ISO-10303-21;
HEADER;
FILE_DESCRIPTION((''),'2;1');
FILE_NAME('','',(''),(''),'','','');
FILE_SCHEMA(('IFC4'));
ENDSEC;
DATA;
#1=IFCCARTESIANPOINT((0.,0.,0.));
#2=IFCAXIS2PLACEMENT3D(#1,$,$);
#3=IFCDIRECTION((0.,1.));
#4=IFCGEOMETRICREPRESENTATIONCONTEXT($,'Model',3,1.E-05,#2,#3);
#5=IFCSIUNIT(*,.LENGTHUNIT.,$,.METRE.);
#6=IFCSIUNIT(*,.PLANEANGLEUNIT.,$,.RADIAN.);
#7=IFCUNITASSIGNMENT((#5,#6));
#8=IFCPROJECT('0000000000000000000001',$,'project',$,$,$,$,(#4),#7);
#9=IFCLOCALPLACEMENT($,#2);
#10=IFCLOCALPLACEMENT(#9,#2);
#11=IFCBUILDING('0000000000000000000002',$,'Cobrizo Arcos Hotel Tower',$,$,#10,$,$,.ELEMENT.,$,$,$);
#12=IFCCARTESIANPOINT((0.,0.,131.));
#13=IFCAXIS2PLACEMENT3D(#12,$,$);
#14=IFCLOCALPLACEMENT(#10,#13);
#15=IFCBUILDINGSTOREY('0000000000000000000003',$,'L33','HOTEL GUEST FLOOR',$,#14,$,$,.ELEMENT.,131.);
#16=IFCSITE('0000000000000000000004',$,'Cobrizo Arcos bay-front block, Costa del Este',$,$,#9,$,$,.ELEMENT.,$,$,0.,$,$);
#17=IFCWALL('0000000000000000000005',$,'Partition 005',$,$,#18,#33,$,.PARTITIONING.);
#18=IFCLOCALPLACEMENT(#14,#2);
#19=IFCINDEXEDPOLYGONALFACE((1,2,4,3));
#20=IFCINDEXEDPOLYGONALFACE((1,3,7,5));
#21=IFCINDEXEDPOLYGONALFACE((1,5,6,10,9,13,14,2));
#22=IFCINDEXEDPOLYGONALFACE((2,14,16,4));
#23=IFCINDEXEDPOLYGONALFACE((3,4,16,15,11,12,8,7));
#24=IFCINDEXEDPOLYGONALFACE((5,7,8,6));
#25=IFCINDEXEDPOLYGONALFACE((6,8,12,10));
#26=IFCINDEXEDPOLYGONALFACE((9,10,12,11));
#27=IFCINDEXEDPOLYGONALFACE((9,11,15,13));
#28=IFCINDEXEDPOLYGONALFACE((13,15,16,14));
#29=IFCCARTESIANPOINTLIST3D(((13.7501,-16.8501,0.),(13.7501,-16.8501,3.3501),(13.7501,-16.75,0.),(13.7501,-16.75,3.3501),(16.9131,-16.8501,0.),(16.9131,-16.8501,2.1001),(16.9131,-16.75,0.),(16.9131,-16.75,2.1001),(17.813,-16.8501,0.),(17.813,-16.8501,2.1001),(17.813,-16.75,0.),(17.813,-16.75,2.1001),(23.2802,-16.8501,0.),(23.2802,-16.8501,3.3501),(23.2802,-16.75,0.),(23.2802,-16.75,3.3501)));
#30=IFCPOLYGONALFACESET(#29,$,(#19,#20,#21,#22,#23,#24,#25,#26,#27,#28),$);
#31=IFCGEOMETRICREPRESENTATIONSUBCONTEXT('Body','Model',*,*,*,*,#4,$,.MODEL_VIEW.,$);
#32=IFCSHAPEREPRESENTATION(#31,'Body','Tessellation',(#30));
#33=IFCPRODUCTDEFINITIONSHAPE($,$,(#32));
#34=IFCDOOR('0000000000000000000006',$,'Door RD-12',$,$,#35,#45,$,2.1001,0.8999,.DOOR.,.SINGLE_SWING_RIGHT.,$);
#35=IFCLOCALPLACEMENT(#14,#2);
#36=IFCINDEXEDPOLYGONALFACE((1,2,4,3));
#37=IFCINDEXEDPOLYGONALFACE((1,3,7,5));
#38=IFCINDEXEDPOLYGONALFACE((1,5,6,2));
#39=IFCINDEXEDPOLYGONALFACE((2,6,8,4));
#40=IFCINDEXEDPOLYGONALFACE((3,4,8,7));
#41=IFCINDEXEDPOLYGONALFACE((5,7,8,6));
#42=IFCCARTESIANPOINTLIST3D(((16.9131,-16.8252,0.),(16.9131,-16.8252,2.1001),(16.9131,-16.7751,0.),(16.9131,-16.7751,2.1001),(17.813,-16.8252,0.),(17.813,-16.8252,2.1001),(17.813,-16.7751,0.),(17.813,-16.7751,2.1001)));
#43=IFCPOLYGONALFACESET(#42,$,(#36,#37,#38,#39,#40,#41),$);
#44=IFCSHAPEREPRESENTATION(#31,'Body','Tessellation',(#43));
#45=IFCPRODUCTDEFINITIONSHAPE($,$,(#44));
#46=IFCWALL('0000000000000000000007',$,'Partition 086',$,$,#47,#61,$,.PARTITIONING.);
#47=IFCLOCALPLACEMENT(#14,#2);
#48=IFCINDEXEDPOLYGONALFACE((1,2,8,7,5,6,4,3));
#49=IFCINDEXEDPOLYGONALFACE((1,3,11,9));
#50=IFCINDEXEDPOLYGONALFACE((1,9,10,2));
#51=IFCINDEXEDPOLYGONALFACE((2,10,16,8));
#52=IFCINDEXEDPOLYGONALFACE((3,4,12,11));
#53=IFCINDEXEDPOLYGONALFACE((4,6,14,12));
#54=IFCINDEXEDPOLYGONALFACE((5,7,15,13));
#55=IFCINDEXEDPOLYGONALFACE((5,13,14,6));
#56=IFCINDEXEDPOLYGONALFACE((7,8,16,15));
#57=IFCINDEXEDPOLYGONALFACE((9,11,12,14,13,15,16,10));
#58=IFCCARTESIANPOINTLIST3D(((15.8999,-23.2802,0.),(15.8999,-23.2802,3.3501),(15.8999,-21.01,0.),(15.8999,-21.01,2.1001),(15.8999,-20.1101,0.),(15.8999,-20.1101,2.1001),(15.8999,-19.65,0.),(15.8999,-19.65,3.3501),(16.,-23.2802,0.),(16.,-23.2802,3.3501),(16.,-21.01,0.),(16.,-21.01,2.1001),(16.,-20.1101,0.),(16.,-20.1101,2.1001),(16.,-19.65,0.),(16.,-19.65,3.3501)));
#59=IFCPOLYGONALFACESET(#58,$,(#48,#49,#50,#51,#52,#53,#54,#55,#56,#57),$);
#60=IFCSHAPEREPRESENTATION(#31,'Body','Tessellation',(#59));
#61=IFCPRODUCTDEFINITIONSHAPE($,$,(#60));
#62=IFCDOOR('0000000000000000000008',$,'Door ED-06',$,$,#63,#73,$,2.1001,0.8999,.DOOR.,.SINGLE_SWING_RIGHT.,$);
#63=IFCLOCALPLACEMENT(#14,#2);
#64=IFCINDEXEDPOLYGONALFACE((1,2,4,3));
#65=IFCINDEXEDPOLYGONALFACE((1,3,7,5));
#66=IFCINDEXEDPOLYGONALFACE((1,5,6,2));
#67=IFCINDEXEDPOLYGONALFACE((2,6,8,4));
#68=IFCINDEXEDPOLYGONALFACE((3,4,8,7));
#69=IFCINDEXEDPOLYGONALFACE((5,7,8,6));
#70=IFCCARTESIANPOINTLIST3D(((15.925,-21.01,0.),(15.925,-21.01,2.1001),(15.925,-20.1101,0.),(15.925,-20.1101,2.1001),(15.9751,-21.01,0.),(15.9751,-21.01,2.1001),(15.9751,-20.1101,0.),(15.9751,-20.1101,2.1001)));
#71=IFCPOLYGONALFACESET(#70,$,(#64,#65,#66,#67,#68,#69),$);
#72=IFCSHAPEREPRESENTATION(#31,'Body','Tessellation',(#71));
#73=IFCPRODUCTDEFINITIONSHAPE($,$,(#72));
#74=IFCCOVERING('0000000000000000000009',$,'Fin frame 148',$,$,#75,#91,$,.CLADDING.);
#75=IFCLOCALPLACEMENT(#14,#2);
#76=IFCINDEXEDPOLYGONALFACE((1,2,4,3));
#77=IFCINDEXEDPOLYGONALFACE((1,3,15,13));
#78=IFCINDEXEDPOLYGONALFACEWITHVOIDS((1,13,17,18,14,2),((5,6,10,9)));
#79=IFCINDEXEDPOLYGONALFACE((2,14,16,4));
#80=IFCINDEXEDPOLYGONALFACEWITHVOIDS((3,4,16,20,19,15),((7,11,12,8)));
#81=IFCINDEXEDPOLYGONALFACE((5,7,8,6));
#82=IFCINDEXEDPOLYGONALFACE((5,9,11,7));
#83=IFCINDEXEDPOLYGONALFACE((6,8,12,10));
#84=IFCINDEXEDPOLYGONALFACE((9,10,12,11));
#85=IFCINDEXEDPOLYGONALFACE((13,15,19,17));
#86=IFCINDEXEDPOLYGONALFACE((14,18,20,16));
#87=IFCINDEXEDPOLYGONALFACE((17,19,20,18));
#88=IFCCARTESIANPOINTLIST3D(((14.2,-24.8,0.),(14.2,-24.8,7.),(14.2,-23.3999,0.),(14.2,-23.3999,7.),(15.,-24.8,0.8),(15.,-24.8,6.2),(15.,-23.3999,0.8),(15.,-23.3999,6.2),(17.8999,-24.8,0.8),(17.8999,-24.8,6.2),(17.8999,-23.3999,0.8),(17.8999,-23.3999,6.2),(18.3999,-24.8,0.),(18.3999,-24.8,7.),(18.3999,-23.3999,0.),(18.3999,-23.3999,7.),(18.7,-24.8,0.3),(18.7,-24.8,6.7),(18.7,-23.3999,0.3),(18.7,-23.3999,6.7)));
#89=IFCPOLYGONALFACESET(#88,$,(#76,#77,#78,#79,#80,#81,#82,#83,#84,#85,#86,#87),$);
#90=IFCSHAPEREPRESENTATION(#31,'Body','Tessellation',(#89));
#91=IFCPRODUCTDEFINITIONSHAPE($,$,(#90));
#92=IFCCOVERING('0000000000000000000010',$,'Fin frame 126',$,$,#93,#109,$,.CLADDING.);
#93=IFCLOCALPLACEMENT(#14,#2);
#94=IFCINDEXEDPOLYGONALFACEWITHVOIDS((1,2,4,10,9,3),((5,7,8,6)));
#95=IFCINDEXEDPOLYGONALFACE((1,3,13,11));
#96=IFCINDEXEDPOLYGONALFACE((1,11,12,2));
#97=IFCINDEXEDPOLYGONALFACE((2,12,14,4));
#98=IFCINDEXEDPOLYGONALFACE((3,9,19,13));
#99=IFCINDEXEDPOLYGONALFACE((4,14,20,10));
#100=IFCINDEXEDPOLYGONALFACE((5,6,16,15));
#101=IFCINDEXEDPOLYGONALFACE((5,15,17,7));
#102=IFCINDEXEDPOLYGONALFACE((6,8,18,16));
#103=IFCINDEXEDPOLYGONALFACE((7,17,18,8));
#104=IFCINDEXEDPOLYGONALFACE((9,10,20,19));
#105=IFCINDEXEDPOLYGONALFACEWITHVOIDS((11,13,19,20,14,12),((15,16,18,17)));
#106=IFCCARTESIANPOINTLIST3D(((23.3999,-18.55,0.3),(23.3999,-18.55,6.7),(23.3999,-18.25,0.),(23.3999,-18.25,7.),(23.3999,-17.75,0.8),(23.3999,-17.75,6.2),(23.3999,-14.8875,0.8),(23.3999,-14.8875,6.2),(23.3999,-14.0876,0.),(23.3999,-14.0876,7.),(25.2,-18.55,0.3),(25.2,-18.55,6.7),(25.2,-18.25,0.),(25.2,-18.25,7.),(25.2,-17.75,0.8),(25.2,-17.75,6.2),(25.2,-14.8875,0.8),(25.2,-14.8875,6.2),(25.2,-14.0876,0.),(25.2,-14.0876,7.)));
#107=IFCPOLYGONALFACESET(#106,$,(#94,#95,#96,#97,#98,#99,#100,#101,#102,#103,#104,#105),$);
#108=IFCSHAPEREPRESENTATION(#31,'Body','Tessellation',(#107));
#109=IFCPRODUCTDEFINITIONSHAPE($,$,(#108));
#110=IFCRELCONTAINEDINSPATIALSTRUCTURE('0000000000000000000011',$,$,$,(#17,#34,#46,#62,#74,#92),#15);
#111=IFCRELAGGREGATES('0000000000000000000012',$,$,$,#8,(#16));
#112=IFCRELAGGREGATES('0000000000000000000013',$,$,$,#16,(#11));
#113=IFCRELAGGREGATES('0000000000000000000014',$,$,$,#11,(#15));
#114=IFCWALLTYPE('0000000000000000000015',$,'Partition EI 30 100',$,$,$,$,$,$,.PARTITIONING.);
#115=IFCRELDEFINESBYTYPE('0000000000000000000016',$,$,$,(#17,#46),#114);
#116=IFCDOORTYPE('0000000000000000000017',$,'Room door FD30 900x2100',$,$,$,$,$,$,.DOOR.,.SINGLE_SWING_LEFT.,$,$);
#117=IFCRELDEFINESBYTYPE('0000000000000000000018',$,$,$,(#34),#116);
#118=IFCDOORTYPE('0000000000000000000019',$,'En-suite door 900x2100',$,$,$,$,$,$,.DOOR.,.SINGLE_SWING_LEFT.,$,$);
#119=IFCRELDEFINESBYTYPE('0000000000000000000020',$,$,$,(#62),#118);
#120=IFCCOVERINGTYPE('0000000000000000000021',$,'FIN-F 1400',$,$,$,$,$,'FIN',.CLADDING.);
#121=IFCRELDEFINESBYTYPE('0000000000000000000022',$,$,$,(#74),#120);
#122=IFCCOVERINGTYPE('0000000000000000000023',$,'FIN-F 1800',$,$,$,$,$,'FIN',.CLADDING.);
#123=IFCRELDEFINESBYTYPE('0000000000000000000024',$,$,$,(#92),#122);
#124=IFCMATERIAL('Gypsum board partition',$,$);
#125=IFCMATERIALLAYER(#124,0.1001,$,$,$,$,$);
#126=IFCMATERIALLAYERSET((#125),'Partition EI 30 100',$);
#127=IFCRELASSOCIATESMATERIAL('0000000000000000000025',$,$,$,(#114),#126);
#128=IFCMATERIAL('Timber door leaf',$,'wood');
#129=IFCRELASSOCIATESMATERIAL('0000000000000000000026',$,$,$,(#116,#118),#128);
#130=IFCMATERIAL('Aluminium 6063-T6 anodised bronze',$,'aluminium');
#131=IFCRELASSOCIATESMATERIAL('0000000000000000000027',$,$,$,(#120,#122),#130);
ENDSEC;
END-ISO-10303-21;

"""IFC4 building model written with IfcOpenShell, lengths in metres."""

from ifc_helpers import new_model, si_unit, direction, frame, frame_2d, origin, place, context, subcontext, project, spatial, polyline, rectangle, outline, extrude, material, layer, layer_set, type_object, element, fill, save


model = new_model("IFC4")

# Units and contexts
model_context = context("Model", 3, precision=1e-05, world=origin(), true_north=direction((0.0, 1.0)))
body_context = subcontext(model_context, "Body", "Model", "MODEL_VIEW")
ifc_project = project(units=[si_unit("LENGTHUNIT", "METRE"), si_unit("PLANEANGLEUNIT", "RADIAN")], contexts=[model_context])

# Site, building, storey
site_placement = place(None, origin())
site = spatial("IfcSite", under=ifc_project, at=site_placement, Name="Cobrizo Arcos bay-front block, Costa del Este", CompositionType="ELEMENT", RefElevation=0.0)
building_placement = place(site_placement, origin())
building = spatial("IfcBuilding", under=site, at=building_placement, Name="Cobrizo Arcos Hotel Tower", CompositionType="ELEMENT")
storey_placement = place(building_placement, frame((0.0, 0.0, 131.0)))
storey = spatial("IfcBuildingStorey", under=building, at=storey_placement, Name="L33", Description="HOTEL GUEST FLOOR", CompositionType="ELEMENT", Elevation=131.0)

# Shared definitions
ifc_material_1 = material(Name="Aluminium 6063-T6 anodised bronze", Category="aluminium")

# Shared definitions
ifc_material_2 = material(Name="Gypsum board partition")
ifc_material_3 = material(Name="Timber door leaf", Category="wood")

# Shared definitions
ifc_layer_1 = layer(ifc_material_2, 0.1001)
ifc_layer_set_1 = layer_set([ifc_layer_1], Name="Partition EI 30 100")
wall_type_1 = type_object("IfcWallType", Name="Partition EI 30 100", PredefinedType="PARTITIONING", material=ifc_layer_set_1)

# Walls, openings, doors
wall_1_placement = place(storey_placement, frame((13.75, -16.8, 0.0), z_axis=(0.0, 0.0, 1.0), x_axis=(1.0, 0.0, 0.0)))
wall_1 = element("IfcWall", 1, at=wall_1_placement, inside=storey, type_object=wall_type_1, Name="Partition 005", PredefinedType="PARTITIONING", context=body_context, shape_type="SweptSolid", body=[
    extrude(rectangle(XDim=9.53, YDim=0.1001, at=frame_2d((4.7651, 0.0))), origin(), (0.0, 0.0, 1.0), 3.3501),
])
opening_1_placement = place(wall_1_placement, frame((3.1631, 0.0, 0.0)))
opening_1 = element("IfcOpeningElement", 2, at=opening_1_placement, cuts=wall_1, PredefinedType="OPENING", context=body_context, shape_type="SweptSolid", body=[
    extrude(rectangle(XDim=0.8999, YDim=2.1001, at=frame_2d((0.45, 1.05))), frame((0.0, 0.062, 0.0), z_axis=(0.0, -1.0, 0.0), x_axis=(1.0, 0.0, 0.0)), (0.0, 0.0, 1.0), 0.124),
])
door_type_1 = type_object("IfcDoorType", Name="Room door FD30 900x2100", OperationType="SINGLE_SWING_LEFT", PredefinedType="DOOR", material=ifc_material_3)
door_1_placement = place(opening_1_placement, origin())
door_1 = element("IfcDoor", 3, at=door_1_placement, inside=storey, type_object=door_type_1, Name="Door RD-12", OperationType="SINGLE_SWING_RIGHT", OverallHeight=2.1001, OverallWidth=0.8999, PredefinedType="DOOR", context=body_context, shape_type="SweptSolid", body=[
    extrude(rectangle(XDim=0.8999, YDim=2.1001, at=frame_2d((0.45, 1.05))), frame((0.0, 0.0249, 0.0), z_axis=(0.0, -1.0, 0.0), x_axis=(1.0, 0.0, 0.0)), (0.0, 0.0, 1.0), 0.05),
])
fill(opening_1, door_1)
wall_2_placement = place(storey_placement, frame((15.95, -23.28, 0.0), z_axis=(0.0, 0.0, 1.0), x_axis=(0.0, 1.0, 0.0)))
wall_2 = element("IfcWall", 4, at=wall_2_placement, inside=storey, type_object=wall_type_1, Name="Partition 086", PredefinedType="PARTITIONING", context=body_context, shape_type="SweptSolid", body=[
    extrude(rectangle(XDim=3.6301, YDim=0.1001, at=frame_2d((1.8149, 0.0))), origin(), (0.0, 0.0, 1.0), 3.3501),
])
opening_2_placement = place(wall_2_placement, frame((2.27, 0.0, 0.0)))
opening_2 = element("IfcOpeningElement", 5, at=opening_2_placement, cuts=wall_2, PredefinedType="OPENING", context=body_context, shape_type="SweptSolid", body=[
    extrude(rectangle(XDim=0.8999, YDim=2.1001, at=frame_2d((0.45, 1.05))), frame((0.0, 0.062, 0.0), z_axis=(0.0, -1.0, 0.0), x_axis=(1.0, 0.0, 0.0)), (0.0, 0.0, 1.0), 0.124),
])
door_type_2 = type_object("IfcDoorType", Name="En-suite door 900x2100", OperationType="SINGLE_SWING_LEFT", PredefinedType="DOOR", material=ifc_material_3)
door_2_placement = place(opening_2_placement, origin())
door_2 = element("IfcDoor", 6, at=door_2_placement, inside=storey, type_object=door_type_2, Name="Door ED-06", OperationType="SINGLE_SWING_RIGHT", OverallHeight=2.1001, OverallWidth=0.8999, PredefinedType="DOOR", context=body_context, shape_type="SweptSolid", body=[
    extrude(rectangle(XDim=0.8999, YDim=2.1001, at=frame_2d((0.45, 1.05))), frame((0.0, 0.0249, 0.0), z_axis=(0.0, -1.0, 0.0), x_axis=(1.0, 0.0, 0.0)), (0.0, 0.0, 1.0), 0.05),
])
fill(opening_2, door_2)

# Coverings
covering_type_1 = type_object("IfcCoveringType", Name="FIN-F 1400", ElementType="FIN", PredefinedType="CLADDING", material=ifc_material_1)
covering_1_placement = place(storey_placement, frame((14.2, -23.3999, 0.0), z_axis=(0.0, -1.0, 0.0), x_axis=(1.0, 0.0, 0.0)))
element("IfcCovering", 7, at=covering_1_placement, inside=storey, type_object=covering_type_1, Name="Fin frame 148", PredefinedType="CLADDING", context=body_context, shape_type="SweptSolid", body=[
    extrude(outline(polyline([(0.0, 7.0), (0.0, 0.0), (4.2, 0.0), (4.5, 0.3), (4.5, 6.7), (4.2, 7.0), (0.0, 7.0)]), holes=[polyline([(3.7, 0.8), (0.8, 0.8), (0.8, 6.2), (3.7, 6.2), (3.7, 0.8)])]), origin(), (0.0, 0.0, 1.0), 1.4001),
])
covering_type_2 = type_object("IfcCoveringType", Name="FIN-F 1800", ElementType="FIN", PredefinedType="CLADDING", material=ifc_material_1)
covering_2_placement = place(storey_placement, frame((23.3999, -18.55, 0.0), z_axis=(1.0, 0.0, 0.0), x_axis=(0.0, 1.0, 0.0)))
element("IfcCovering", 8, at=covering_2_placement, inside=storey, type_object=covering_type_2, Name="Fin frame 126", PredefinedType="CLADDING", context=body_context, shape_type="SweptSolid", body=[
    extrude(outline(polyline([(0.0, 0.3), (0.3, 0.0), (4.4624, 0.0), (4.4624, 7.0), (0.3, 7.0), (0.0, 6.7), (0.0, 0.3)]), holes=[polyline([(3.6626, 0.8), (0.8, 0.8), (0.8, 6.2), (3.6626, 6.2), (3.6626, 0.8)])]), origin(), (0.0, 0.0, 1.0), 1.8),
])

save(model, "model.ifc")
